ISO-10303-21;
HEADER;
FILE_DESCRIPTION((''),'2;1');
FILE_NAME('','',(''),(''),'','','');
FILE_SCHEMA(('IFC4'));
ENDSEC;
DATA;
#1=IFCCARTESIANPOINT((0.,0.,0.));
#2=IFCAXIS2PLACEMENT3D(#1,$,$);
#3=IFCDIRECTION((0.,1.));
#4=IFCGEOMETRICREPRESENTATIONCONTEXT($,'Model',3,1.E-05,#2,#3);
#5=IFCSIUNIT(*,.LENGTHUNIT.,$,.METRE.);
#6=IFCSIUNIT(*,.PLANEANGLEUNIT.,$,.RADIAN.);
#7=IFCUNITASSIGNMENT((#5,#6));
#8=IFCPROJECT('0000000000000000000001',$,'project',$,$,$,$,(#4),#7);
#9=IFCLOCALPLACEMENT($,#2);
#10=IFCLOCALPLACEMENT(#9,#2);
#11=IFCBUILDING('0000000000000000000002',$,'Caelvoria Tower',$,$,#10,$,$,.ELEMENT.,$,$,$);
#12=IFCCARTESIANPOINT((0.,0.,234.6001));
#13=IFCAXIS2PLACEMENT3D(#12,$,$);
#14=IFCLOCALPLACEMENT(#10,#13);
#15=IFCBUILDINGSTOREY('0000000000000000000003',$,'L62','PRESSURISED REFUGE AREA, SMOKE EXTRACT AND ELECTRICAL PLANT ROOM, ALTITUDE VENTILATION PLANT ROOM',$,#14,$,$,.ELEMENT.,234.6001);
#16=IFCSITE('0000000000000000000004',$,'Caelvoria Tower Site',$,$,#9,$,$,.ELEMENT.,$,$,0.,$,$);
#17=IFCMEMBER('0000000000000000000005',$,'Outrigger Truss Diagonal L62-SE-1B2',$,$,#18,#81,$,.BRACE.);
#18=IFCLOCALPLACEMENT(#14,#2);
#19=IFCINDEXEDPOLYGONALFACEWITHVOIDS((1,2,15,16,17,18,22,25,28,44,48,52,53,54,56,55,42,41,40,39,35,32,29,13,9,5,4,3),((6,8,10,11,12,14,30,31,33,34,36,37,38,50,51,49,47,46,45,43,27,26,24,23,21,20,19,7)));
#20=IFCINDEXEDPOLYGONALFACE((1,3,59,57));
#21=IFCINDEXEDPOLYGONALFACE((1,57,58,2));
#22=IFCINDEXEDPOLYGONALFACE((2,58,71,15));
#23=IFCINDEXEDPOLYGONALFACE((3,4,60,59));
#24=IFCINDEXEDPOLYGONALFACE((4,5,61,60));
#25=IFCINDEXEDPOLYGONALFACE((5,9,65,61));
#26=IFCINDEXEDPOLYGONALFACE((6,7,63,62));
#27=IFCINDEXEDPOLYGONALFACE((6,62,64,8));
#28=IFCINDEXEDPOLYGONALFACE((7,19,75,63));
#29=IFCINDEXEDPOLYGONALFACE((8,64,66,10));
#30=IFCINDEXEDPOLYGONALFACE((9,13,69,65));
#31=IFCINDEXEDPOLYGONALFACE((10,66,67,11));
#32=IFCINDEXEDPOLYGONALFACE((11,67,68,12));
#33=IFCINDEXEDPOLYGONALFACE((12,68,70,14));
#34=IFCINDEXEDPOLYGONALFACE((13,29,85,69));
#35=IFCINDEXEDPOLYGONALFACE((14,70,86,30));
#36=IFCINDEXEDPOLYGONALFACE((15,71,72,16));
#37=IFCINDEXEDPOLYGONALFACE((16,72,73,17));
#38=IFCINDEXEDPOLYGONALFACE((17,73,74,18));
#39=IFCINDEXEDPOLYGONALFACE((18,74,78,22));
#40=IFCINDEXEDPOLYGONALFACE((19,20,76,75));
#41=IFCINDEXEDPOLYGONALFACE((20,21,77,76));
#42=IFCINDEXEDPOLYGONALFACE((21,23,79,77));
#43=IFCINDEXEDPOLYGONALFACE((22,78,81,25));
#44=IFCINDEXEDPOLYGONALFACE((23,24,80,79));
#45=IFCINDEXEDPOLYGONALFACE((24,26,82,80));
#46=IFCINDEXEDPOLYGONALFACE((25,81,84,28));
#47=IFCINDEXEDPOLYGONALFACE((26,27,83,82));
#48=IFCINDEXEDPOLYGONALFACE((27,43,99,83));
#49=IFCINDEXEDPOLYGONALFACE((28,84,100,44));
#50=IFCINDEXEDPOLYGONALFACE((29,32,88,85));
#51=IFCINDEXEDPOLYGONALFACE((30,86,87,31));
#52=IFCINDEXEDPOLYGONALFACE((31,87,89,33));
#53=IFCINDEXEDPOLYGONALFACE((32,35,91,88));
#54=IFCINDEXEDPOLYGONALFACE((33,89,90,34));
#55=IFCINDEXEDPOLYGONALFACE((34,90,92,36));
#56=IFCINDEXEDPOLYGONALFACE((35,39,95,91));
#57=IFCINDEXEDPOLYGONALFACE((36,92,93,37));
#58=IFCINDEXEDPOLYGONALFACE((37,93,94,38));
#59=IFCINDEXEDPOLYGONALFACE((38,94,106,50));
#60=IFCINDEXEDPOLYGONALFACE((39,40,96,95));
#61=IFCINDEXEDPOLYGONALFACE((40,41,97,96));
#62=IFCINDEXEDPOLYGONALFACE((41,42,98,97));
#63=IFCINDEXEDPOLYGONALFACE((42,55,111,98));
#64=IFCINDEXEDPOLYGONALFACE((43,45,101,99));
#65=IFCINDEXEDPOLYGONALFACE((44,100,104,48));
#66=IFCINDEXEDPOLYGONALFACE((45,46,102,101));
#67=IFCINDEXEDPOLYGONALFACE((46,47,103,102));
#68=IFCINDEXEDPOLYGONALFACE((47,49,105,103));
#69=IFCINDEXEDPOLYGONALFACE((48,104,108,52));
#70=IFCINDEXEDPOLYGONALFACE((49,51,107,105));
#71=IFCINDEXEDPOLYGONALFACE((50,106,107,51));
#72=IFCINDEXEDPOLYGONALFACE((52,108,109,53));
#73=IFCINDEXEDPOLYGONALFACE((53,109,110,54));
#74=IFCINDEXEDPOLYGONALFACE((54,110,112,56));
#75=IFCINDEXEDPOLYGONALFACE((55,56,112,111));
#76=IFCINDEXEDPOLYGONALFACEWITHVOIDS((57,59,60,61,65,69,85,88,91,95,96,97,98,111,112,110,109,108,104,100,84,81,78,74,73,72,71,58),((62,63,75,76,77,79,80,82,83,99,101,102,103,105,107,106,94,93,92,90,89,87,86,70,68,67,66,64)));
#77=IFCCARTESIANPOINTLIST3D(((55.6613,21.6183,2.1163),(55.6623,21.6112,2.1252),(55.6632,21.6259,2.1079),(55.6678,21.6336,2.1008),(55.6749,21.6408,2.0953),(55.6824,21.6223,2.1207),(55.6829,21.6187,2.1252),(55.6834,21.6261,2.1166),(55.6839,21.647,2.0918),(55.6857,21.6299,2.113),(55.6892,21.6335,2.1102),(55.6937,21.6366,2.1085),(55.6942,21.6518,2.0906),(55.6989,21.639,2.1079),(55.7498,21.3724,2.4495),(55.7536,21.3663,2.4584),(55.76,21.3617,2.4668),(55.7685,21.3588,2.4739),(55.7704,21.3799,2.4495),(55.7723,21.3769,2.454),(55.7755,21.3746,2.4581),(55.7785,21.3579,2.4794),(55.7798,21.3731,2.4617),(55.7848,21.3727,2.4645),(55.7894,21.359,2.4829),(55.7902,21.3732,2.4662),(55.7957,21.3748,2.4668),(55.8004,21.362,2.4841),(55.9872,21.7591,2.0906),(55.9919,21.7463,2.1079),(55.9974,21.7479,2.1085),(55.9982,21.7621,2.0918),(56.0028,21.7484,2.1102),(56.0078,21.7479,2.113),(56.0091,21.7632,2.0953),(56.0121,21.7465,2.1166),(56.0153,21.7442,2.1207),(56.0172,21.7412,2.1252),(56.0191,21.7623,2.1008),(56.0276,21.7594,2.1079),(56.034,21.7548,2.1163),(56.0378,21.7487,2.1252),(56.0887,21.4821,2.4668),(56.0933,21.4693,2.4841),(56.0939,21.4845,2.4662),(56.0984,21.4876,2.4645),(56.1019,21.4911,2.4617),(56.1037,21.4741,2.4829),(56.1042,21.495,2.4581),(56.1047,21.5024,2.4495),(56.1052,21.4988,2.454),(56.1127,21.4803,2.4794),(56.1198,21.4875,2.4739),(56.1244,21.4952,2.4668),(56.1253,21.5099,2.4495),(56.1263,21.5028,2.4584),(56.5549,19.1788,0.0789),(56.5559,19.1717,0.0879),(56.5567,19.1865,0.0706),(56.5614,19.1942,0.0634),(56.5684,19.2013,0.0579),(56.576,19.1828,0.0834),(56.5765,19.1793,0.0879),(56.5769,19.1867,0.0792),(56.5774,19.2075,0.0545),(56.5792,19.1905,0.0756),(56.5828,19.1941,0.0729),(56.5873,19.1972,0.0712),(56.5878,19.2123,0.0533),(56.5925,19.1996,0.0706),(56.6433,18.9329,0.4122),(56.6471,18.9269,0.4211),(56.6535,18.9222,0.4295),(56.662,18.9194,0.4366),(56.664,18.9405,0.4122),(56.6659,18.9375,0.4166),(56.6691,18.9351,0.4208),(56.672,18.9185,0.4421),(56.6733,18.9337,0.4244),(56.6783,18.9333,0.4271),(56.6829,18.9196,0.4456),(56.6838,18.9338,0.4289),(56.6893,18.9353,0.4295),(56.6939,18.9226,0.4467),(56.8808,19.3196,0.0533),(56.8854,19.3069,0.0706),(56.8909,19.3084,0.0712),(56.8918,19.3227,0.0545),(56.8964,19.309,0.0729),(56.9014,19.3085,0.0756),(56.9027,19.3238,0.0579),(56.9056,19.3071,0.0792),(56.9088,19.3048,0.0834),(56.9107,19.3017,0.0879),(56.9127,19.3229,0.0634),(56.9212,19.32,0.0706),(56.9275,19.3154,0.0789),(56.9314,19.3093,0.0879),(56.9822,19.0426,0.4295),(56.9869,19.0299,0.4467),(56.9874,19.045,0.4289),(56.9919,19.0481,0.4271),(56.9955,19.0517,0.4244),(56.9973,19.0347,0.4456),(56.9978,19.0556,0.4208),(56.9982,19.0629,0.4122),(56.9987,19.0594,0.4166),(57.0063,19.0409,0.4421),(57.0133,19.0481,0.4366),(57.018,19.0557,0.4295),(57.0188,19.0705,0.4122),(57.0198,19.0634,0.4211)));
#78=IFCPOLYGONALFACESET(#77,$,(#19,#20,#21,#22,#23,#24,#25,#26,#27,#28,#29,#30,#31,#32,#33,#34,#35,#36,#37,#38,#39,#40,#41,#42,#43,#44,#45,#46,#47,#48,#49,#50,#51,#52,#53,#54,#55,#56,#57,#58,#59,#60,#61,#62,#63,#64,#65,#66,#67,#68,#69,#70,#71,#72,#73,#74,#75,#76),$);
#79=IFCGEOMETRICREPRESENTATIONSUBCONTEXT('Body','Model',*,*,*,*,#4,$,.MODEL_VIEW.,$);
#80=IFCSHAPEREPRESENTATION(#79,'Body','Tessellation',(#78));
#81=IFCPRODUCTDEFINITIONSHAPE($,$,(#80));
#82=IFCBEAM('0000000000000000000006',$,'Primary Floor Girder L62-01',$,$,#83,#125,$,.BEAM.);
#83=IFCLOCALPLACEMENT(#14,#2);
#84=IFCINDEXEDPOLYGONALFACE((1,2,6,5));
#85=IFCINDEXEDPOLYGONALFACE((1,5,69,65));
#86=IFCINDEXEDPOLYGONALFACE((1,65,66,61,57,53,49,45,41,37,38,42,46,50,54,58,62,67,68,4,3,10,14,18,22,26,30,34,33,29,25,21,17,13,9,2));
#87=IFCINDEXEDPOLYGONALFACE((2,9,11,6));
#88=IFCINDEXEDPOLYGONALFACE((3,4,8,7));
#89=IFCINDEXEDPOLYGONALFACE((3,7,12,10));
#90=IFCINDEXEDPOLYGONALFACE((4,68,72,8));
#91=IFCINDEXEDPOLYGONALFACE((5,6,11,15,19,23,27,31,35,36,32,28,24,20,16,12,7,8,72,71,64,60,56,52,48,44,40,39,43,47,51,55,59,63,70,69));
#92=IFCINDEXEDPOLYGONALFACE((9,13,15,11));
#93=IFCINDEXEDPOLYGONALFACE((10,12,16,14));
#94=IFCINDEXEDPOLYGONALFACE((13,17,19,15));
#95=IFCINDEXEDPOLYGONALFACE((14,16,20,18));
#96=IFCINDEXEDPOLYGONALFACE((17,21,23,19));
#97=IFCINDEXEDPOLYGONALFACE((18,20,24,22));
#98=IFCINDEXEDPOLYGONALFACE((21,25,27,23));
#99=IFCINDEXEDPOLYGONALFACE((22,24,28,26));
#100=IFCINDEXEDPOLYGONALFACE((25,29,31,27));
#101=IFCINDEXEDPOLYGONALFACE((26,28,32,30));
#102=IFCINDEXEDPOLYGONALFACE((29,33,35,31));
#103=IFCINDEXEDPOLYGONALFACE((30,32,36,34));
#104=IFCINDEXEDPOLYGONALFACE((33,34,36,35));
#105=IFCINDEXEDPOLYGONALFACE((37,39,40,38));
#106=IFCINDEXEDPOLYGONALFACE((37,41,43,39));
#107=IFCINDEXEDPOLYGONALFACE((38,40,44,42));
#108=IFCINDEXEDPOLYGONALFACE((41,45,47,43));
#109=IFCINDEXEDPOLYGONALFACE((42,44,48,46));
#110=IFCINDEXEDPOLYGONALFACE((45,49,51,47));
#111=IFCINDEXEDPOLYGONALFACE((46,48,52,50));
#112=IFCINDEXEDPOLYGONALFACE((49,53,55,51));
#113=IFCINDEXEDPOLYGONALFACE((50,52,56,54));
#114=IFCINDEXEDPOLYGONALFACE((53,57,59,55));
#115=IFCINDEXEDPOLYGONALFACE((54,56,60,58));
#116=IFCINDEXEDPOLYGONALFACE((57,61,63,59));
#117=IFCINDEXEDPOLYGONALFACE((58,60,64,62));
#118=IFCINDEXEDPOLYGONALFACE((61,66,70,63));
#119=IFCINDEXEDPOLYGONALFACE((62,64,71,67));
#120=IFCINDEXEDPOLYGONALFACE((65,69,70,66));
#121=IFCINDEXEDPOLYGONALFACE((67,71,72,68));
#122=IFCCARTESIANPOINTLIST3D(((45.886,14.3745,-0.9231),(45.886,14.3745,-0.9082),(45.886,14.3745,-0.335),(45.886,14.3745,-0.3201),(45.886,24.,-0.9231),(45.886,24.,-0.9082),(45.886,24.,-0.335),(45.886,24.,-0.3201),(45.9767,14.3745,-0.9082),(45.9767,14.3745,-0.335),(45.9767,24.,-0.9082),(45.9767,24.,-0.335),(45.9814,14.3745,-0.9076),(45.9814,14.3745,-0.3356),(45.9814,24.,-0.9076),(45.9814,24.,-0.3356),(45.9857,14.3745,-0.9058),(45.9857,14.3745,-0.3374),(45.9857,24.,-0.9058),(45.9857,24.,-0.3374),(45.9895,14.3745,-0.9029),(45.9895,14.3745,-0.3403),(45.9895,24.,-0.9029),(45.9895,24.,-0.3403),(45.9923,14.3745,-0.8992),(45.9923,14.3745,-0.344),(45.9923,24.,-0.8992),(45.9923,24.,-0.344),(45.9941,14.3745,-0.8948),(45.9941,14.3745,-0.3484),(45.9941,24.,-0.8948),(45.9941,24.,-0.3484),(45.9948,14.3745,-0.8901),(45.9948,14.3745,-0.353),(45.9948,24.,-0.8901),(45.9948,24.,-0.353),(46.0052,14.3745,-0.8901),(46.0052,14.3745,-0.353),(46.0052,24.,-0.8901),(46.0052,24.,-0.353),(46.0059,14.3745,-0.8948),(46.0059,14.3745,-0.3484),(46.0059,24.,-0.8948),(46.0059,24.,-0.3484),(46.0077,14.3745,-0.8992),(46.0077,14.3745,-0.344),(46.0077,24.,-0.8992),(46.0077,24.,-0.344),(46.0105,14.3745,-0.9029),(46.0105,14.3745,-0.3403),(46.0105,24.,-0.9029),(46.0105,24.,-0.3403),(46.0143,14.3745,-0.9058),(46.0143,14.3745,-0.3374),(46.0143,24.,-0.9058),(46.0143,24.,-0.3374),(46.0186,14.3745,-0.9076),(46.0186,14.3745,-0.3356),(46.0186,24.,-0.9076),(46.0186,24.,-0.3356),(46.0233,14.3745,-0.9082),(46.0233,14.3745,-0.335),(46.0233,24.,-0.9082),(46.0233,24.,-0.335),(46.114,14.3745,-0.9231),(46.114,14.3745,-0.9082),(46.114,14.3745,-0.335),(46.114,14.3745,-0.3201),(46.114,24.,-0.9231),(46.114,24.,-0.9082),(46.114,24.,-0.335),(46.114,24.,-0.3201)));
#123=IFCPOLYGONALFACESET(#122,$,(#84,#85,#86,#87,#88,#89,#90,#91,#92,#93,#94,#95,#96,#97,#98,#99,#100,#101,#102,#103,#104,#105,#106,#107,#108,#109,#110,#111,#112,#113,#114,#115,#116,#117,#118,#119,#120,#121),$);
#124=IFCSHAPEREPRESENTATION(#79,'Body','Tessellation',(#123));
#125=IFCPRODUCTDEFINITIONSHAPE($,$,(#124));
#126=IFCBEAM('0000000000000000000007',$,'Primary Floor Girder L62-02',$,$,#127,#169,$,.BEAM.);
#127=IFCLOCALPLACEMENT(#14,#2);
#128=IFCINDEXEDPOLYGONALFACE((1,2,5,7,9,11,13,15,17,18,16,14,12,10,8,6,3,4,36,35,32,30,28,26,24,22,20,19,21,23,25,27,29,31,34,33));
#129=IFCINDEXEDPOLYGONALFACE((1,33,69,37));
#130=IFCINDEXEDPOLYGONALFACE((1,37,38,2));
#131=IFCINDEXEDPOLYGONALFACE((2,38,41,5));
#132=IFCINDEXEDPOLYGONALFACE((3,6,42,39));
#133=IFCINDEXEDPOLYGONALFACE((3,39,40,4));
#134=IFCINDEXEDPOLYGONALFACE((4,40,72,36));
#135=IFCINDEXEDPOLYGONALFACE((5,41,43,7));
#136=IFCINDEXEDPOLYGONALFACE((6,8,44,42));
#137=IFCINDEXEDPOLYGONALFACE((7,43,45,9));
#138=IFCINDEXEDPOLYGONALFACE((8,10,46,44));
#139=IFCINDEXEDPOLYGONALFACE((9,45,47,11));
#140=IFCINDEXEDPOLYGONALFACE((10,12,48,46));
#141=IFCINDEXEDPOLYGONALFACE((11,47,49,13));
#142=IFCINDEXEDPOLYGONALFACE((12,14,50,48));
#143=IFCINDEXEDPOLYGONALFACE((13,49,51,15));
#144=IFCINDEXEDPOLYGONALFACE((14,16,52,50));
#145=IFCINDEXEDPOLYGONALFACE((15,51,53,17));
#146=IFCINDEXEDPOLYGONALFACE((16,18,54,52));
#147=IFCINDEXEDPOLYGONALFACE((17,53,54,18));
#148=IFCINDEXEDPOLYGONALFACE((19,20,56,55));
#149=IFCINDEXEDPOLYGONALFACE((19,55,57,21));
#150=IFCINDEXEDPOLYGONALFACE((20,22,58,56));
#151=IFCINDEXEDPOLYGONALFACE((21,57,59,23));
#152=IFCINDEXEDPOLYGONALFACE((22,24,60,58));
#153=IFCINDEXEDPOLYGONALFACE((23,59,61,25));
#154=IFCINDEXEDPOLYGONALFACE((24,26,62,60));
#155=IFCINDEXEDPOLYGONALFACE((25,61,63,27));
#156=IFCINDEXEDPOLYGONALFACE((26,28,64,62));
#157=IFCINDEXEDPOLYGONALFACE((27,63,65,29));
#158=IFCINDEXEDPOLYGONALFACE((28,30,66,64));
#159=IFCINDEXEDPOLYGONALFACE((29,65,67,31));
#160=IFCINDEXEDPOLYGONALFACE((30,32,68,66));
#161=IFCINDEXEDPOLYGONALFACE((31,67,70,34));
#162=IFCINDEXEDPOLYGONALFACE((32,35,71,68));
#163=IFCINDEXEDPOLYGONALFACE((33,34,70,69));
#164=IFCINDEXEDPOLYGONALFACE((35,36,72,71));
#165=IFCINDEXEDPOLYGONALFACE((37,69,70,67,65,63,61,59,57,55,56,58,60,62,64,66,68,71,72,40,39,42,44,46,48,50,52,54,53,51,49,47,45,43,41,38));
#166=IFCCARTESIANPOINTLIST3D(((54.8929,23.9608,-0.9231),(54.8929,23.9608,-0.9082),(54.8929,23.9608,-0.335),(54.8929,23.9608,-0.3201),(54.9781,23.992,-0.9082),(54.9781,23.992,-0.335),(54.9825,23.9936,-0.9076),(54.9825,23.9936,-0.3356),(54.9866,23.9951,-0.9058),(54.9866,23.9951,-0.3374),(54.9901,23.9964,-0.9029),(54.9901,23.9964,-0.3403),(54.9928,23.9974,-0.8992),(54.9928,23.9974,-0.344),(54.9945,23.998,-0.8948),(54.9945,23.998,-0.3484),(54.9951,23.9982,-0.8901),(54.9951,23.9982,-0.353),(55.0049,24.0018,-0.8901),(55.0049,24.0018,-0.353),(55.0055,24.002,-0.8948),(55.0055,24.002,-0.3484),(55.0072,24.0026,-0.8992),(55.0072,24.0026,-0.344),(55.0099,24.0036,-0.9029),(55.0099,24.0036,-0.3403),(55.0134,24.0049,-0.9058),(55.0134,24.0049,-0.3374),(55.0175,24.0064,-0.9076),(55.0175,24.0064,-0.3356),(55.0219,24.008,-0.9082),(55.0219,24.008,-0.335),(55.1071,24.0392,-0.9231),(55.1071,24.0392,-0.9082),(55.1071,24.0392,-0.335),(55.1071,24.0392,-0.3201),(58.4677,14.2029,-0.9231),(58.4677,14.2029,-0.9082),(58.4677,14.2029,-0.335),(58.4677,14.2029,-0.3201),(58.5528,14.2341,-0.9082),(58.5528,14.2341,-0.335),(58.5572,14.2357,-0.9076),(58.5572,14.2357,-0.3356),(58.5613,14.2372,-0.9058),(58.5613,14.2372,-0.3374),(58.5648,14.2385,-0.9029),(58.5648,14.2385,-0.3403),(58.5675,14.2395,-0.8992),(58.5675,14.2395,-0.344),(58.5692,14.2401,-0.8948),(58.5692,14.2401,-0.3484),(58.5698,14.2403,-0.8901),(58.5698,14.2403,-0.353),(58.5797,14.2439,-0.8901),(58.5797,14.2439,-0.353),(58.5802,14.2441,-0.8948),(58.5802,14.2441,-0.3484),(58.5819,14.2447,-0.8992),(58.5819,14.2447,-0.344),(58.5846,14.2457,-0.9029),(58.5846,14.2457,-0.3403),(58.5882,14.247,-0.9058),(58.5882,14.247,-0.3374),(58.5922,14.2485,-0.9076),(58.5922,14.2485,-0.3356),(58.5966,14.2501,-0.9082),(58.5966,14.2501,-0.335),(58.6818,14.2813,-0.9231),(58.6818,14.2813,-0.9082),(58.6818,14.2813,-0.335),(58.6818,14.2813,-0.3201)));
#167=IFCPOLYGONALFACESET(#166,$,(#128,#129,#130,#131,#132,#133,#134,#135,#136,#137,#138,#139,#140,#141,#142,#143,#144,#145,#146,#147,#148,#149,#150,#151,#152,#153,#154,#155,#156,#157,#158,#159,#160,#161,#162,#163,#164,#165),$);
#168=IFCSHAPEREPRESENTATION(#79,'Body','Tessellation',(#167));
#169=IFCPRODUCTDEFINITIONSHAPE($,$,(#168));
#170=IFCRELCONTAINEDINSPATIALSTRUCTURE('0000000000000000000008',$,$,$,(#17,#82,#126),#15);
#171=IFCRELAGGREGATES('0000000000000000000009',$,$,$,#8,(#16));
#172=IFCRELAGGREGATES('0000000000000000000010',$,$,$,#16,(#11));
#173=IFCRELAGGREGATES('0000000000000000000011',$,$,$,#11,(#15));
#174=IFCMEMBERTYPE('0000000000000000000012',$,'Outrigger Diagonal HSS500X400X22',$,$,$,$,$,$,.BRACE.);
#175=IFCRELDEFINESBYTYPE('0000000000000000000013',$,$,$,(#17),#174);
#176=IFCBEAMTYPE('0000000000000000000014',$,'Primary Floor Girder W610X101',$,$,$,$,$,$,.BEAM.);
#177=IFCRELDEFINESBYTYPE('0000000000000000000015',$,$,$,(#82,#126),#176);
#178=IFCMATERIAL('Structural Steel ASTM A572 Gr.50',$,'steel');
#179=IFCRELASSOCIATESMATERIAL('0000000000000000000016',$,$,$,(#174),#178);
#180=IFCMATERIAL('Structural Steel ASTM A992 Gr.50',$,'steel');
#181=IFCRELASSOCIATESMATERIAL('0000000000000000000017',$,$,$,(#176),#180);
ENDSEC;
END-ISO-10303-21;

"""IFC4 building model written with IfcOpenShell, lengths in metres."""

from ifc_helpers import new_model, si_unit, direction, frame, origin, origin_2d, place, context, subcontext, project, spatial, hollow_rectangle, i_section, extrude, material, material_profile, profile_set, type_object, element, save


model = new_model("IFC4")

# Units and contexts
model_context = context("Model", 3, precision=1e-05, world=origin(), true_north=direction((0.0, 1.0)))
body_context = subcontext(model_context, "Body", "Model", "MODEL_VIEW")
ifc_project = project(units=[si_unit("LENGTHUNIT", "METRE"), si_unit("PLANEANGLEUNIT", "RADIAN")], contexts=[model_context])

# Site, building, storey
site_placement = place(None, origin())
site = spatial("IfcSite", under=ifc_project, at=site_placement, Name="Caelvoria Tower Site", CompositionType="ELEMENT", RefElevation=0.0)
building_placement = place(site_placement, origin())
building = spatial("IfcBuilding", under=site, at=building_placement, Name="Caelvoria Tower", CompositionType="ELEMENT")
storey_placement = place(building_placement, frame((0.0, 0.0, 234.6001)))
storey = spatial("IfcBuildingStorey", under=building, at=storey_placement, Name="L62", Description="PRESSURISED REFUGE AREA, SMOKE EXTRACT AND ELECTRICAL PLANT ROOM, ALTITUDE VENTILATION PLANT ROOM", CompositionType="ELEMENT", Elevation=234.6001)

# Member
ifc_material_1 = material(Name="Structural Steel ASTM A572 Gr.50", Category="steel")
ifc_material_profile_1 = material_profile(ifc_material_1, hollow_rectangle(XDim=0.3999, YDim=0.5, WallThickness=0.022, InnerFilletRadius=0.022, OuterFilletRadius=0.0439, at=origin_2d()), Name="Structural Steel ASTM A572 Gr.50")
ifc_profile_set_1 = profile_set([ifc_material_profile_1], Name="HSS500X400X22 - Structural Steel ASTM A572 Gr.50")
member_type = type_object("IfcMemberType", Name="Outrigger Diagonal HSS500X400X22", PredefinedType="BRACE", material=ifc_profile_set_1)
member_1_placement = place(storey_placement, frame((55.8938, 21.5605, 2.2874), z_axis=(0.270648, -0.738883, -0.617091), x_axis=(0.93899, 0.343945, 0.0)))
element("IfcMember", 1, at=member_1_placement, inside=storey, type_object=member_type, Name="Outrigger Truss Diagonal L62-SE-1B2", PredefinedType="BRACE", context=body_context, shape_type="SweptSolid", body=[
    extrude(hollow_rectangle(XDim=0.3999, YDim=0.5, WallThickness=0.022, InnerFilletRadius=0.022, OuterFilletRadius=0.0439, at=origin_2d()), origin(), (0.0, 0.0, 1.0), 3.3015),
])

# Beams
ifc_material_2 = material(Name="Structural Steel ASTM A992 Gr.50", Category="steel")
ifc_material_profile_2 = material_profile(ifc_material_2, i_section(OverallWidth=0.228, OverallDepth=0.603, WebThickness=0.0105, FlangeThickness=0.0149, FilletRadius=0.0181, at=origin_2d()), Name="Structural Steel ASTM A992 Gr.50")
ifc_profile_set_2 = profile_set([ifc_material_profile_2], Name="W610X101 - Structural Steel ASTM A992 Gr.50")
beam_type_1 = type_object("IfcBeamType", Name="Primary Floor Girder W610X101", PredefinedType="BEAM", material=ifc_profile_set_2)
beam_1_placement = place(storey_placement, frame((46.0, 24.0, -0.6216), z_axis=(0.0, -1.0, 0.0), x_axis=(1.0, 0.0, 0.0)))
element("IfcBeam", 2, at=beam_1_placement, inside=storey, type_object=beam_type_1, Name="Primary Floor Girder L62-01", PredefinedType="BEAM", context=body_context, shape_type="SweptSolid", body=[
    extrude(i_section(OverallWidth=0.228, OverallDepth=0.603, WebThickness=0.0105, FlangeThickness=0.0149, FilletRadius=0.0181, at=origin_2d()), origin(), (0.0, 0.0, 1.0), 9.6255),
])
beam_2_placement = place(storey_placement, frame((55.0, 24.0, -0.6216), z_axis=(0.343987, -0.938974, 0.0), x_axis=(0.938974, 0.343987, 0.0)))
element("IfcBeam", 3, at=beam_2_placement, inside=storey, type_object=beam_type_1, Name="Primary Floor Girder L62-02", PredefinedType="BEAM", context=body_context, shape_type="SweptSolid", body=[
    extrude(i_section(OverallWidth=0.228, OverallDepth=0.603, WebThickness=0.0105, FlangeThickness=0.0149, FilletRadius=0.0181, at=origin_2d()), origin(), (0.0, 0.0, 1.0), 10.3921),
])

save(model, "model.ifc")
